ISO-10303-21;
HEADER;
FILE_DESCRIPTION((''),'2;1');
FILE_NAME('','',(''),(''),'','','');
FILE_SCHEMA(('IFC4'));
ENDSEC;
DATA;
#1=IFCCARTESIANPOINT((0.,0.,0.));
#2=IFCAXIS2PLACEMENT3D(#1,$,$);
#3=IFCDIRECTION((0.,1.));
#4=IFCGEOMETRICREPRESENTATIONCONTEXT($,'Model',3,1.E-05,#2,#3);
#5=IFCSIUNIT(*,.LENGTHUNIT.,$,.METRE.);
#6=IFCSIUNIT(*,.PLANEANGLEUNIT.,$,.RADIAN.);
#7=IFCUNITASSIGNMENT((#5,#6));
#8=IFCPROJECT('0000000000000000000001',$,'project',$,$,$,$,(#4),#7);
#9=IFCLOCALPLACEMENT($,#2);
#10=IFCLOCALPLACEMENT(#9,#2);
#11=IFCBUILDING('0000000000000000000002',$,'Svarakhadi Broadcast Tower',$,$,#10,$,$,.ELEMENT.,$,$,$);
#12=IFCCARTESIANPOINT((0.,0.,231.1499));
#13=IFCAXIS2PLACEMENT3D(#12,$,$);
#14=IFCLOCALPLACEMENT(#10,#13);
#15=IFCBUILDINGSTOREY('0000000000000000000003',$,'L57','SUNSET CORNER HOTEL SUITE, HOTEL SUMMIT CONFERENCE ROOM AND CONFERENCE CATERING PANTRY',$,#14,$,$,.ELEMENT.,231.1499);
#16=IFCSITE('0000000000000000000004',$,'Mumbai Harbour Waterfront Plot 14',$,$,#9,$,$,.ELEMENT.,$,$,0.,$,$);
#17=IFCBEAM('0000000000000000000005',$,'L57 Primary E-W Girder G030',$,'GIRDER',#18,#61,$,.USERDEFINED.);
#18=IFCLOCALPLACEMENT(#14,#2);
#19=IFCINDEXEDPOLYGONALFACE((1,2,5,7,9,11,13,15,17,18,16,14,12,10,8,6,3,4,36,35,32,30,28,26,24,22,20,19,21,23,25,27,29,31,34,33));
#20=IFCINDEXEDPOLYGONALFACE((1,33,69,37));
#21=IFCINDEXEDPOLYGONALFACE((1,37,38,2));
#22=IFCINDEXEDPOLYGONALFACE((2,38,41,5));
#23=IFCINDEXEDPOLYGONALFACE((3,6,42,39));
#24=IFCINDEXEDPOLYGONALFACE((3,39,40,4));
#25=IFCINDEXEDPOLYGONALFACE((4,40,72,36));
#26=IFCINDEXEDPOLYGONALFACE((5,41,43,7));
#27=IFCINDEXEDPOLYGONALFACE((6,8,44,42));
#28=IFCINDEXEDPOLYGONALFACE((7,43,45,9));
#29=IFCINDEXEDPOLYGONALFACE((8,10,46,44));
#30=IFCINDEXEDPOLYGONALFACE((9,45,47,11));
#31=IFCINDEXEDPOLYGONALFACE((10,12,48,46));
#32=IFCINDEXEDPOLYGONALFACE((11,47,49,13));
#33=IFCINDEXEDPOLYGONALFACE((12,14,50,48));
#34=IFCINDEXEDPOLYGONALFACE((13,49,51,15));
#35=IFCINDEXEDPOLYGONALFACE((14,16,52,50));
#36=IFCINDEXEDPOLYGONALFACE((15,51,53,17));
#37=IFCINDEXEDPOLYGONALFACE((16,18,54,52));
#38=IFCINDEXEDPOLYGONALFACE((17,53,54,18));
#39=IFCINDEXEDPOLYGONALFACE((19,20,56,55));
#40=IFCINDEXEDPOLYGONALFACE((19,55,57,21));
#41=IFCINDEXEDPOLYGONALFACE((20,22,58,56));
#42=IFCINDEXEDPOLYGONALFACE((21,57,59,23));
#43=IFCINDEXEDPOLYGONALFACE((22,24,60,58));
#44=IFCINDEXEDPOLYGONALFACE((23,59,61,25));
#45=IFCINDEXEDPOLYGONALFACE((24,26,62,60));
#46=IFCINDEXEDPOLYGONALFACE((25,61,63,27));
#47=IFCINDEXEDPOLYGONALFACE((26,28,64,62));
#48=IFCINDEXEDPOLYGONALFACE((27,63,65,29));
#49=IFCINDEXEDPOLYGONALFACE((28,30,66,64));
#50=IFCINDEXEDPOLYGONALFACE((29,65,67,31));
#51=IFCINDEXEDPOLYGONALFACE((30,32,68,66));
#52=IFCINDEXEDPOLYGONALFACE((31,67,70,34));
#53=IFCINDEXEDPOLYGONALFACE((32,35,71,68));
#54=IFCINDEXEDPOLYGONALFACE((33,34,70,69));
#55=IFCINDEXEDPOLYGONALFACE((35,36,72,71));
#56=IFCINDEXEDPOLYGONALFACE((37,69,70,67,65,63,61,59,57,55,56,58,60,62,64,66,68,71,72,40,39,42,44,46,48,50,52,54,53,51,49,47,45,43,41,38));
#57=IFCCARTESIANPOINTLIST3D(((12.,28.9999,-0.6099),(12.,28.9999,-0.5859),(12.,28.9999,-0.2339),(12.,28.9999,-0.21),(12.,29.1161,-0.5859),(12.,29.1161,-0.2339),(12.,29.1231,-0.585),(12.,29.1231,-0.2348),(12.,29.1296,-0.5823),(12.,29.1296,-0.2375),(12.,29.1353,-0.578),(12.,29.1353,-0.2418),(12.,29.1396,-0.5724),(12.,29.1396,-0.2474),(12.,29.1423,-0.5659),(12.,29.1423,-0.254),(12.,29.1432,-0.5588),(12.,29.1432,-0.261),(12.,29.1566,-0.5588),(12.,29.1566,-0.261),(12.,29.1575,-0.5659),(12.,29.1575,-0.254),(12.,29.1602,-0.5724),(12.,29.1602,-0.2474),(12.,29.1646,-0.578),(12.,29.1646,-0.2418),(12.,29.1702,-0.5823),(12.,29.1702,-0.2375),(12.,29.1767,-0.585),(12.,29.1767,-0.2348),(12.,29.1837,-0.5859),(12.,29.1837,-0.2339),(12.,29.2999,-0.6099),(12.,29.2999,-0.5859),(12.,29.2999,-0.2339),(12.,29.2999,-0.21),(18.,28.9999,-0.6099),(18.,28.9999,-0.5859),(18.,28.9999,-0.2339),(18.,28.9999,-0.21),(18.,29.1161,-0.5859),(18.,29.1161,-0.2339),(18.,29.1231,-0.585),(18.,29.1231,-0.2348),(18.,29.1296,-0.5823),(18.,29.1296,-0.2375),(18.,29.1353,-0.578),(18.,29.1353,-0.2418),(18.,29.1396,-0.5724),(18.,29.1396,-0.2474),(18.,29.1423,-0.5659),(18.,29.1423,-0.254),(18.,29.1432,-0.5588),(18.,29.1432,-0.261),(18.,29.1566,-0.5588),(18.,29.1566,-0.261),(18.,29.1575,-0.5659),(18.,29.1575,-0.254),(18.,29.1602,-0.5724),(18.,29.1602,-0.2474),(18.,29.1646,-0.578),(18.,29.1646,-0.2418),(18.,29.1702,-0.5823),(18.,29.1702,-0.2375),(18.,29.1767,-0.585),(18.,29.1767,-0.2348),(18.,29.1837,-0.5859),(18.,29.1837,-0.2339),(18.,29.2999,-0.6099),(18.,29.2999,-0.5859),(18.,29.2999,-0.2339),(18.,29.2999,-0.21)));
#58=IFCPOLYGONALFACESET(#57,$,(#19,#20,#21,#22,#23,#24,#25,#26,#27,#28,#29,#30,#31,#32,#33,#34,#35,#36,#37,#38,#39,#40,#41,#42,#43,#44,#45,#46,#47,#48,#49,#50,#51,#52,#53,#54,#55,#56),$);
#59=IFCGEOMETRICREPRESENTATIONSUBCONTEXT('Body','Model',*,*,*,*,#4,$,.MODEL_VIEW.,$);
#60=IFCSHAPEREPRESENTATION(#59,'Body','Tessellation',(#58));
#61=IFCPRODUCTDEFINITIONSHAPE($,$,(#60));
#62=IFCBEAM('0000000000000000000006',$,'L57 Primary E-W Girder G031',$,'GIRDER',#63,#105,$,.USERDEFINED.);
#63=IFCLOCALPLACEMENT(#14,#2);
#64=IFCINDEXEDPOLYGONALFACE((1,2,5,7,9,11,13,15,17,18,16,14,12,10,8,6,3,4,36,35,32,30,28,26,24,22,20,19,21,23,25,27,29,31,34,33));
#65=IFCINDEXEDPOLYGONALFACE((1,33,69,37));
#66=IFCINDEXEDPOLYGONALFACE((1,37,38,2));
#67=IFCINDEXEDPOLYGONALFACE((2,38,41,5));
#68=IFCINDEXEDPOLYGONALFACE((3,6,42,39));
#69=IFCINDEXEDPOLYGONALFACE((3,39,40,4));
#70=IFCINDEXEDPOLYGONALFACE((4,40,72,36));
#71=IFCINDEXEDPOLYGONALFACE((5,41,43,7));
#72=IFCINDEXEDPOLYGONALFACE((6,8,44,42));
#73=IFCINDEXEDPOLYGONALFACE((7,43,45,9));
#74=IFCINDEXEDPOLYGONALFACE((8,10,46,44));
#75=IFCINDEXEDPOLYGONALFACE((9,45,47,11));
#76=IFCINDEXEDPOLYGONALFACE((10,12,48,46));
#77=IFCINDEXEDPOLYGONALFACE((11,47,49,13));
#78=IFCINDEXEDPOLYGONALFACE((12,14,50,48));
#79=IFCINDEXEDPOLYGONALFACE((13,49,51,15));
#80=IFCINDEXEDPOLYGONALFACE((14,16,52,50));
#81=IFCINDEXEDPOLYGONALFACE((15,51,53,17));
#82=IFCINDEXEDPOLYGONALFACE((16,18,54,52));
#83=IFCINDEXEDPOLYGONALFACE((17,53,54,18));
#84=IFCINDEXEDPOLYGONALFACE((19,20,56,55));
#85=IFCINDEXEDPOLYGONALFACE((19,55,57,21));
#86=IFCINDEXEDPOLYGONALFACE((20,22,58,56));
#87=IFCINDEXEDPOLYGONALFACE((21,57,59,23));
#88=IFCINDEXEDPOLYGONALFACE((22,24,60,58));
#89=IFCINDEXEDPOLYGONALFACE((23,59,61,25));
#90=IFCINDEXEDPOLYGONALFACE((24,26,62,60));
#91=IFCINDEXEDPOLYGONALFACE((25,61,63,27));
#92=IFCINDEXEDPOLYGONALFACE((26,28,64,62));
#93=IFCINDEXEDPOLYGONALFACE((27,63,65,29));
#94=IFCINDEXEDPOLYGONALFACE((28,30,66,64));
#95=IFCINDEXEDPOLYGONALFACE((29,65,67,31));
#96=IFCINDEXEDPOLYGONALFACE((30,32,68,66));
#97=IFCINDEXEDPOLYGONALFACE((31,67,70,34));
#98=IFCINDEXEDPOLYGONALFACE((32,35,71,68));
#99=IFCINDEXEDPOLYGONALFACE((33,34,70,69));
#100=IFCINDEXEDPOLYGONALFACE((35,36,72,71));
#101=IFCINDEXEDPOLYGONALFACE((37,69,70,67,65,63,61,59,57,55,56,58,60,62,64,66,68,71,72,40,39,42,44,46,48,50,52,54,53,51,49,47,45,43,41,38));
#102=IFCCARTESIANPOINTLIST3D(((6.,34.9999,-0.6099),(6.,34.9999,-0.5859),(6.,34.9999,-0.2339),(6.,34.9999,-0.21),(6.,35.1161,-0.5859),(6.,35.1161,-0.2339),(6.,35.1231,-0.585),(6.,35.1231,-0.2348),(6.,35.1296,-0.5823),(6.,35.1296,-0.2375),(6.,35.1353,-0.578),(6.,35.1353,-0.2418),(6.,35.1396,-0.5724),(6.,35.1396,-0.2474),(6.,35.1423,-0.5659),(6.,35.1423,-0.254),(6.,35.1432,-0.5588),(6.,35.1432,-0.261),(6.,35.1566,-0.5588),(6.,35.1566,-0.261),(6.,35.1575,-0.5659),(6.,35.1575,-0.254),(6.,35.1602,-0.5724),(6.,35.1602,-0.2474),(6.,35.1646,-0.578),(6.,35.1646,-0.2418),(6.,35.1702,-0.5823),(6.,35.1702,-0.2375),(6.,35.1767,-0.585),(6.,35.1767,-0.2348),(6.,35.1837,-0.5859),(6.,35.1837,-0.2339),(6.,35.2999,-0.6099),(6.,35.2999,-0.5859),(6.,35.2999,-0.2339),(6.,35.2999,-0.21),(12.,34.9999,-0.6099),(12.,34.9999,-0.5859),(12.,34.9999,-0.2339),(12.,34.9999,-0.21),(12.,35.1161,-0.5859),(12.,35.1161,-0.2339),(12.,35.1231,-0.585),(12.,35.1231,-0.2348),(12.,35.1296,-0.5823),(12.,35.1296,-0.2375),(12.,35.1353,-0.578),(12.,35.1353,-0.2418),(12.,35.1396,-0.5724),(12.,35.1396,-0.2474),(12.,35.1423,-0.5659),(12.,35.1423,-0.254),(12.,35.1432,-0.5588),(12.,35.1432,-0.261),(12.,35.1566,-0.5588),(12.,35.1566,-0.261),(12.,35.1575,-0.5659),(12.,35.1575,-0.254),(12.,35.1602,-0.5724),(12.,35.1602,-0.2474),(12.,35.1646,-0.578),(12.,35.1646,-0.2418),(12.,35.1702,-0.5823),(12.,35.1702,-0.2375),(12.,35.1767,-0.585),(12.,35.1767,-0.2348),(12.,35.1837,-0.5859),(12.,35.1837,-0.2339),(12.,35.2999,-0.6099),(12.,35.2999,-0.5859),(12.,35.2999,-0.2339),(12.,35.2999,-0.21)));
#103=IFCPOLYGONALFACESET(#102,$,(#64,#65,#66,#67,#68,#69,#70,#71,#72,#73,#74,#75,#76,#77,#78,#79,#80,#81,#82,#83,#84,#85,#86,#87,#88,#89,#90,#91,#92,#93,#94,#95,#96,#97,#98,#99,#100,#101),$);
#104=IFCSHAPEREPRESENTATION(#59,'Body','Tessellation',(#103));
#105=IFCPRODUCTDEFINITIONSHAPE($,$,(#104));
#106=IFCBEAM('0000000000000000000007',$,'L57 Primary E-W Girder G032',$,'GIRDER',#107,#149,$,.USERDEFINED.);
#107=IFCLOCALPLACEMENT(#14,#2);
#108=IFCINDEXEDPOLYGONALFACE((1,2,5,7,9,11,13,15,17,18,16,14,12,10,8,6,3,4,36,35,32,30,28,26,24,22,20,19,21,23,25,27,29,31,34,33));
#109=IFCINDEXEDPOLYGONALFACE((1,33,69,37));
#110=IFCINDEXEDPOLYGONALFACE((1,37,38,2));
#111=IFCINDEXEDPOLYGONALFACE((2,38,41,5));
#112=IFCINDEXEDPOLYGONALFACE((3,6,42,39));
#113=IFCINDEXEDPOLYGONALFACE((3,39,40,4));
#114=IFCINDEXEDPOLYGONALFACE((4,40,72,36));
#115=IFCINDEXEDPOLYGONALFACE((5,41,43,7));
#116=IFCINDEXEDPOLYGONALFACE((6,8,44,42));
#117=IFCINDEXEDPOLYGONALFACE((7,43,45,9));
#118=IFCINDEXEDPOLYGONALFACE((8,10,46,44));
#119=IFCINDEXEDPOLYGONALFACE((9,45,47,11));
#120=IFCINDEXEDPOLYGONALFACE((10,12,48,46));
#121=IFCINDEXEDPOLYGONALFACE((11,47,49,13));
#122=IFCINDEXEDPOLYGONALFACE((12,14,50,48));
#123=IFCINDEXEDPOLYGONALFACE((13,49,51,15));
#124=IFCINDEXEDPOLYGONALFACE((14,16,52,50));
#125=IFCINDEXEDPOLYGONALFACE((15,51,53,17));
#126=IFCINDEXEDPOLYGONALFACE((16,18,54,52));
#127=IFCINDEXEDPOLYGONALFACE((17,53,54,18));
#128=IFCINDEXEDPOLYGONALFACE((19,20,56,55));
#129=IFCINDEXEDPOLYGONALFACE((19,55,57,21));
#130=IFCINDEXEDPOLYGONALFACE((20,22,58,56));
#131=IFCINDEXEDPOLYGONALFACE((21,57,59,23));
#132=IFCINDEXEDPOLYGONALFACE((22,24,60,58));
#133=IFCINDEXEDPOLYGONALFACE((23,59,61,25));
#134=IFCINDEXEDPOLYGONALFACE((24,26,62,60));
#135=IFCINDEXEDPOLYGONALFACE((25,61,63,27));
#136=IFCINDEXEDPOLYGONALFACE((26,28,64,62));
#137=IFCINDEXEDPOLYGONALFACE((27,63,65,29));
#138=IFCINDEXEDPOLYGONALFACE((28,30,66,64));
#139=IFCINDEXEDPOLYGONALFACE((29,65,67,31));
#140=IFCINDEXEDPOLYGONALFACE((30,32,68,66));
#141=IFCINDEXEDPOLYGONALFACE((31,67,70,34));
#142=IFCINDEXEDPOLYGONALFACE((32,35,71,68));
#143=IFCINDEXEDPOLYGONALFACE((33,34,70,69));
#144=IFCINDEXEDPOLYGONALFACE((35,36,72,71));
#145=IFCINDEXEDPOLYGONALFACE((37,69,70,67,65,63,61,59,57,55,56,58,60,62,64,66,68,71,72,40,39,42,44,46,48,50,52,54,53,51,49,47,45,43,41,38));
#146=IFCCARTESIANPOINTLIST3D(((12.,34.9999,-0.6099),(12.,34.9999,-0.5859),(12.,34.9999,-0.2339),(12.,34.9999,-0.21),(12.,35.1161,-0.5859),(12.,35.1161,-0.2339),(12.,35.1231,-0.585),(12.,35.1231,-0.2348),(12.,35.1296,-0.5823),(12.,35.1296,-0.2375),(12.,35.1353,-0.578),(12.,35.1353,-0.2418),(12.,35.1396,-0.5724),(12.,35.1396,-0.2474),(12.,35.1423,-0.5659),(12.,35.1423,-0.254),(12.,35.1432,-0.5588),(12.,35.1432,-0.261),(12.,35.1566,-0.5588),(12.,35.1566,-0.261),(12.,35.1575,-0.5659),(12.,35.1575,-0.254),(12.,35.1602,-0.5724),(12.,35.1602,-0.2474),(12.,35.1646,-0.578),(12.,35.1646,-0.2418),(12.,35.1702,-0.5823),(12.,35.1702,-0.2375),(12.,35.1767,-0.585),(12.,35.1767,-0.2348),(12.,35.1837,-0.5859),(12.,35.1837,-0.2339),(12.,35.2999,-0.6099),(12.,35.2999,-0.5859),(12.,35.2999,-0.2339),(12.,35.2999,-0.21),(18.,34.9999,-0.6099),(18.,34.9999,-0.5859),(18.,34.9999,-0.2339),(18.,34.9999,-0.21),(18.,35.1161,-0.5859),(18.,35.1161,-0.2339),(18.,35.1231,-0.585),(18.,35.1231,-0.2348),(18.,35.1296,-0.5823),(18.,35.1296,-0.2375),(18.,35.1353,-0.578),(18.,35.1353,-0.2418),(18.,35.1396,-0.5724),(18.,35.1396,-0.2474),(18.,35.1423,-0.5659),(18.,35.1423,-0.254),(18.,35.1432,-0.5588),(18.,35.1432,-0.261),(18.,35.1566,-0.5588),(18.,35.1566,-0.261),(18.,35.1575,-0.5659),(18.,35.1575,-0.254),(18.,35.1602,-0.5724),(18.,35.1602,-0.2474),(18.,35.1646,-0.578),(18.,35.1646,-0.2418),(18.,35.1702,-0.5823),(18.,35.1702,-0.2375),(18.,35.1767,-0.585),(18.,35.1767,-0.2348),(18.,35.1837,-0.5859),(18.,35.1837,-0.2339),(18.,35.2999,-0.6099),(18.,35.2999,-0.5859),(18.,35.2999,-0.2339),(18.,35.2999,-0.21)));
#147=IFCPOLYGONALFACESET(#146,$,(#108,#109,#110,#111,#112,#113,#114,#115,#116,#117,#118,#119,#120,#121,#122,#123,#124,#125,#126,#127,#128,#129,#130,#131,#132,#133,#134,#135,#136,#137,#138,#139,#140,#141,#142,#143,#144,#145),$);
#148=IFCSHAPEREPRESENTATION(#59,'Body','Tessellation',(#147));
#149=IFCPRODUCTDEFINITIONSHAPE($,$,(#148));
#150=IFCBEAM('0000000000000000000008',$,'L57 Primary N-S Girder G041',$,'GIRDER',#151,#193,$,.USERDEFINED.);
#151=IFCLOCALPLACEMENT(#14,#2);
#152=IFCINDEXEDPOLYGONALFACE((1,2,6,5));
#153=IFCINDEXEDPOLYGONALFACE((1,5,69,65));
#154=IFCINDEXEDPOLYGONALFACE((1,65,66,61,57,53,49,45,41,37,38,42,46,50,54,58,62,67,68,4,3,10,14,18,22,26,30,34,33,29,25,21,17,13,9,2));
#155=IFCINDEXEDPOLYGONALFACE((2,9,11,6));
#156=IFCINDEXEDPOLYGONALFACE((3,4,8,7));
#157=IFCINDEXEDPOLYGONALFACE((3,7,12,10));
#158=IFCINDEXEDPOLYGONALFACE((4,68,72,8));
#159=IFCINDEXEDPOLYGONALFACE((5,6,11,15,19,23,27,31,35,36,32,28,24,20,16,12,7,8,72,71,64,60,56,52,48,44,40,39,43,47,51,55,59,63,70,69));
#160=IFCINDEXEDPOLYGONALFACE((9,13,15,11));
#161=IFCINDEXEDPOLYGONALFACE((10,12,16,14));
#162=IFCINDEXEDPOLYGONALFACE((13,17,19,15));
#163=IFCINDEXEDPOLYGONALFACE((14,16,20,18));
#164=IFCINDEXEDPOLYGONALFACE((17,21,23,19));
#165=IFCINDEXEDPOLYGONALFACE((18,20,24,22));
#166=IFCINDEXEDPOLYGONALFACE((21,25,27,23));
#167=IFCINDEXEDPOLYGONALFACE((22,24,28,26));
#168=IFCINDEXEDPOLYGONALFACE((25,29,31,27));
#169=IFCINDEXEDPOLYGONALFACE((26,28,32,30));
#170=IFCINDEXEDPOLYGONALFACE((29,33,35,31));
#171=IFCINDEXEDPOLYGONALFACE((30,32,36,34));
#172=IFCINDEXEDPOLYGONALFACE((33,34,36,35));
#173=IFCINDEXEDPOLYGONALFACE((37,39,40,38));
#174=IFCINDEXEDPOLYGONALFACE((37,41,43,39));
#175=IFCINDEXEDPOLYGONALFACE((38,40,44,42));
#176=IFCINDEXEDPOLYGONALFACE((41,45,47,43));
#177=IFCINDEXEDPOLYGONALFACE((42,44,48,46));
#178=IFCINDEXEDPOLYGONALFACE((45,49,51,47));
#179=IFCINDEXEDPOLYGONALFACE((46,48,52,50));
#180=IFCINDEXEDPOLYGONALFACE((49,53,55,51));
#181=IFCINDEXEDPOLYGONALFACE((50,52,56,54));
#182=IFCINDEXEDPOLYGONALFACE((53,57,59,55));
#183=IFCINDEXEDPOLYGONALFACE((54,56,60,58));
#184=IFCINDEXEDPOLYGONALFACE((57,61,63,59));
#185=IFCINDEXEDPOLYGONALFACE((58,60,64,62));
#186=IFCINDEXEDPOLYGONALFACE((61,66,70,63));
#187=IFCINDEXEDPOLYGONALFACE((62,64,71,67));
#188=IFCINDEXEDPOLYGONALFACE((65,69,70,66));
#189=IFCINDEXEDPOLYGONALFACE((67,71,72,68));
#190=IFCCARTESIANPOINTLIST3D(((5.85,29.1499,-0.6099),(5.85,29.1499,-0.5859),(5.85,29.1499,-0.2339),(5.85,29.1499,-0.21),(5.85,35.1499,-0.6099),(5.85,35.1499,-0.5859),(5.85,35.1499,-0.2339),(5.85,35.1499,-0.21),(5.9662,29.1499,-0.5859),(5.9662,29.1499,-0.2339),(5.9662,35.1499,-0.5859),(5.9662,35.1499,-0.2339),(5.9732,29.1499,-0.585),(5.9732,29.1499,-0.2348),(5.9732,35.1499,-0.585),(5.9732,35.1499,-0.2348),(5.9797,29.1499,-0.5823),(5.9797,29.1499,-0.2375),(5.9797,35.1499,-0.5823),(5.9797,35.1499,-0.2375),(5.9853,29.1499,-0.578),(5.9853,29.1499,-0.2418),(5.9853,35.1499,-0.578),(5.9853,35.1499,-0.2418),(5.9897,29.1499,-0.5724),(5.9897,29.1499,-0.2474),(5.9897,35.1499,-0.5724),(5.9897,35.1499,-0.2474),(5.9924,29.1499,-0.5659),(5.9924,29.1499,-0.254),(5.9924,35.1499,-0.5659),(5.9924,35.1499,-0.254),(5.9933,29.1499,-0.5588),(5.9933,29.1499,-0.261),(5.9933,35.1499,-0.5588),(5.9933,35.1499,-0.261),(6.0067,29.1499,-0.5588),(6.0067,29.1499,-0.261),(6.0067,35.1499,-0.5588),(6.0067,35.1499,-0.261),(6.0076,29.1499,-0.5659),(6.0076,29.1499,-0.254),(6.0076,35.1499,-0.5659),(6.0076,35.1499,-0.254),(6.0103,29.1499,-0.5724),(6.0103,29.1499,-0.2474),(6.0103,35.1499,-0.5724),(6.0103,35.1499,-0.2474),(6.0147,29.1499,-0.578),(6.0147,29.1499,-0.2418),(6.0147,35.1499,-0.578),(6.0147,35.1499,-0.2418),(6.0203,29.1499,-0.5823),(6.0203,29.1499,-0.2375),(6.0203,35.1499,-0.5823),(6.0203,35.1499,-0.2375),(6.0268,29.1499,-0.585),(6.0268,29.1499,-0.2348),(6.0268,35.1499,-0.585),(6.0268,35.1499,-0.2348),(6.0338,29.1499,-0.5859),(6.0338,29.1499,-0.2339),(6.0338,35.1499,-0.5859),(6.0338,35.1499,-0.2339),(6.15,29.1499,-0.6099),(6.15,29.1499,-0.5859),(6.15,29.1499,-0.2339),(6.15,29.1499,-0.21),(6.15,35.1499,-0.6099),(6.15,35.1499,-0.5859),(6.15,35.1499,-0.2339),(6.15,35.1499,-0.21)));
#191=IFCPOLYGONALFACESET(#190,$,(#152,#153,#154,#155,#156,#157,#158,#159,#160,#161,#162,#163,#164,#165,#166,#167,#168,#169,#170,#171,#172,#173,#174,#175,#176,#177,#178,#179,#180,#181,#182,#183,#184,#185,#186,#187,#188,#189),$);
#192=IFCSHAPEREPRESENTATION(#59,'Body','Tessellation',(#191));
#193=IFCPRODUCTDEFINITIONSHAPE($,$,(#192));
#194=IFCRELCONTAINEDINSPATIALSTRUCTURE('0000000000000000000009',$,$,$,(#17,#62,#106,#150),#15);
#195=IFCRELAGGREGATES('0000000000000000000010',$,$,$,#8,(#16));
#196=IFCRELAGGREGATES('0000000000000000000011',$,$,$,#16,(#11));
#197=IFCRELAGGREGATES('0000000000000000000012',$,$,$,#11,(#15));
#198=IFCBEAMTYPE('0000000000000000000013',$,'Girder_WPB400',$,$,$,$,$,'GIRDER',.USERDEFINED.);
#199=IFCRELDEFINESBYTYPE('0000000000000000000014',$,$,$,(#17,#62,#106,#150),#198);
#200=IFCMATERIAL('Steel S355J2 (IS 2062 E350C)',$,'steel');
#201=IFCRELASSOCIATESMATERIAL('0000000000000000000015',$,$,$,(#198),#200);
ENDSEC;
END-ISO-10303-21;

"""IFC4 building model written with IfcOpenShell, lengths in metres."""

from ifc_helpers import new_model, si_unit, direction, frame, origin, origin_2d, place, context, subcontext, project, spatial, i_section, extrude, material, material_profile, profile_set, type_object, element, save


model = new_model("IFC4")

# Units and contexts
model_context = context("Model", 3, precision=1e-05, world=origin(), true_north=direction((0.0, 1.0)))
body_context = subcontext(model_context, "Body", "Model", "MODEL_VIEW")
ifc_project = project(units=[si_unit("LENGTHUNIT", "METRE"), si_unit("PLANEANGLEUNIT", "RADIAN")], contexts=[model_context])

# Site, building, storey
site_placement = place(None, origin())
site = spatial("IfcSite", under=ifc_project, at=site_placement, Name="Mumbai Harbour Waterfront Plot 14", CompositionType="ELEMENT", RefElevation=0.0)
building_placement = place(site_placement, origin())
building = spatial("IfcBuilding", under=site, at=building_placement, Name="Svarakhadi Broadcast Tower", CompositionType="ELEMENT")
storey_placement = place(building_placement, frame((0.0, 0.0, 231.1499)))
storey = spatial("IfcBuildingStorey", under=building, at=storey_placement, Name="L57", Description="SUNSET CORNER HOTEL SUITE, HOTEL SUMMIT CONFERENCE ROOM AND CONFERENCE CATERING PANTRY", CompositionType="ELEMENT", Elevation=231.1499)

# Shared definitions
ifc_material_1 = material(Name="Steel S355J2 (IS 2062 E350C)", Category="steel")

# Beams
ifc_material_profile_1 = material_profile(ifc_material_1, i_section(OverallWidth=0.3, OverallDepth=0.3999, WebThickness=0.0134, FlangeThickness=0.0239, FilletRadius=0.0271, at=origin_2d()), Name="WPB 400x300x155")
ifc_profile_set_1 = profile_set([ifc_material_profile_1], Name="Steel S355J2 (IS 2062 E350C)")
beam_type_1 = type_object("IfcBeamType", Name="Girder_WPB400", ElementType="GIRDER", PredefinedType="USERDEFINED", material=ifc_profile_set_1)
for number, where, z_axis, x_axis, name in (
    (1, (12.0, 29.1499, -0.4099), (1.0, 0.0, 0.0), (0.0, 1.0, 0.0), "L57 Primary E-W Girder G030"),
    (2, (6.0, 35.1499, -0.4099), (1.0, 0.0, 0.0), (0.0, 1.0, 0.0), "L57 Primary E-W Girder G031"),
    (3, (12.0, 35.1499, -0.4099), (1.0, 0.0, 0.0), (0.0, 1.0, 0.0), "L57 Primary E-W Girder G032"),
    (4, (6.0, 29.1499, -0.4099), (0.0, 1.0, 0.0), (-1.0, 0.0, 0.0), "L57 Primary N-S Girder G041"),
):
    element("IfcBeam", number, at=place(storey_placement, frame(where, z_axis=z_axis, x_axis=x_axis)), inside=storey, type_object=beam_type_1, Name=name, ObjectType="GIRDER", PredefinedType="USERDEFINED", context=body_context, shape_type="SweptSolid", body=[
        extrude(i_section(OverallWidth=0.3, OverallDepth=0.3999, WebThickness=0.0134, FlangeThickness=0.0239, FilletRadius=0.0271, at=origin_2d()), origin(), (0.0, 0.0, 1.0), 6.0),
    ])

save(model, "model.ifc")
